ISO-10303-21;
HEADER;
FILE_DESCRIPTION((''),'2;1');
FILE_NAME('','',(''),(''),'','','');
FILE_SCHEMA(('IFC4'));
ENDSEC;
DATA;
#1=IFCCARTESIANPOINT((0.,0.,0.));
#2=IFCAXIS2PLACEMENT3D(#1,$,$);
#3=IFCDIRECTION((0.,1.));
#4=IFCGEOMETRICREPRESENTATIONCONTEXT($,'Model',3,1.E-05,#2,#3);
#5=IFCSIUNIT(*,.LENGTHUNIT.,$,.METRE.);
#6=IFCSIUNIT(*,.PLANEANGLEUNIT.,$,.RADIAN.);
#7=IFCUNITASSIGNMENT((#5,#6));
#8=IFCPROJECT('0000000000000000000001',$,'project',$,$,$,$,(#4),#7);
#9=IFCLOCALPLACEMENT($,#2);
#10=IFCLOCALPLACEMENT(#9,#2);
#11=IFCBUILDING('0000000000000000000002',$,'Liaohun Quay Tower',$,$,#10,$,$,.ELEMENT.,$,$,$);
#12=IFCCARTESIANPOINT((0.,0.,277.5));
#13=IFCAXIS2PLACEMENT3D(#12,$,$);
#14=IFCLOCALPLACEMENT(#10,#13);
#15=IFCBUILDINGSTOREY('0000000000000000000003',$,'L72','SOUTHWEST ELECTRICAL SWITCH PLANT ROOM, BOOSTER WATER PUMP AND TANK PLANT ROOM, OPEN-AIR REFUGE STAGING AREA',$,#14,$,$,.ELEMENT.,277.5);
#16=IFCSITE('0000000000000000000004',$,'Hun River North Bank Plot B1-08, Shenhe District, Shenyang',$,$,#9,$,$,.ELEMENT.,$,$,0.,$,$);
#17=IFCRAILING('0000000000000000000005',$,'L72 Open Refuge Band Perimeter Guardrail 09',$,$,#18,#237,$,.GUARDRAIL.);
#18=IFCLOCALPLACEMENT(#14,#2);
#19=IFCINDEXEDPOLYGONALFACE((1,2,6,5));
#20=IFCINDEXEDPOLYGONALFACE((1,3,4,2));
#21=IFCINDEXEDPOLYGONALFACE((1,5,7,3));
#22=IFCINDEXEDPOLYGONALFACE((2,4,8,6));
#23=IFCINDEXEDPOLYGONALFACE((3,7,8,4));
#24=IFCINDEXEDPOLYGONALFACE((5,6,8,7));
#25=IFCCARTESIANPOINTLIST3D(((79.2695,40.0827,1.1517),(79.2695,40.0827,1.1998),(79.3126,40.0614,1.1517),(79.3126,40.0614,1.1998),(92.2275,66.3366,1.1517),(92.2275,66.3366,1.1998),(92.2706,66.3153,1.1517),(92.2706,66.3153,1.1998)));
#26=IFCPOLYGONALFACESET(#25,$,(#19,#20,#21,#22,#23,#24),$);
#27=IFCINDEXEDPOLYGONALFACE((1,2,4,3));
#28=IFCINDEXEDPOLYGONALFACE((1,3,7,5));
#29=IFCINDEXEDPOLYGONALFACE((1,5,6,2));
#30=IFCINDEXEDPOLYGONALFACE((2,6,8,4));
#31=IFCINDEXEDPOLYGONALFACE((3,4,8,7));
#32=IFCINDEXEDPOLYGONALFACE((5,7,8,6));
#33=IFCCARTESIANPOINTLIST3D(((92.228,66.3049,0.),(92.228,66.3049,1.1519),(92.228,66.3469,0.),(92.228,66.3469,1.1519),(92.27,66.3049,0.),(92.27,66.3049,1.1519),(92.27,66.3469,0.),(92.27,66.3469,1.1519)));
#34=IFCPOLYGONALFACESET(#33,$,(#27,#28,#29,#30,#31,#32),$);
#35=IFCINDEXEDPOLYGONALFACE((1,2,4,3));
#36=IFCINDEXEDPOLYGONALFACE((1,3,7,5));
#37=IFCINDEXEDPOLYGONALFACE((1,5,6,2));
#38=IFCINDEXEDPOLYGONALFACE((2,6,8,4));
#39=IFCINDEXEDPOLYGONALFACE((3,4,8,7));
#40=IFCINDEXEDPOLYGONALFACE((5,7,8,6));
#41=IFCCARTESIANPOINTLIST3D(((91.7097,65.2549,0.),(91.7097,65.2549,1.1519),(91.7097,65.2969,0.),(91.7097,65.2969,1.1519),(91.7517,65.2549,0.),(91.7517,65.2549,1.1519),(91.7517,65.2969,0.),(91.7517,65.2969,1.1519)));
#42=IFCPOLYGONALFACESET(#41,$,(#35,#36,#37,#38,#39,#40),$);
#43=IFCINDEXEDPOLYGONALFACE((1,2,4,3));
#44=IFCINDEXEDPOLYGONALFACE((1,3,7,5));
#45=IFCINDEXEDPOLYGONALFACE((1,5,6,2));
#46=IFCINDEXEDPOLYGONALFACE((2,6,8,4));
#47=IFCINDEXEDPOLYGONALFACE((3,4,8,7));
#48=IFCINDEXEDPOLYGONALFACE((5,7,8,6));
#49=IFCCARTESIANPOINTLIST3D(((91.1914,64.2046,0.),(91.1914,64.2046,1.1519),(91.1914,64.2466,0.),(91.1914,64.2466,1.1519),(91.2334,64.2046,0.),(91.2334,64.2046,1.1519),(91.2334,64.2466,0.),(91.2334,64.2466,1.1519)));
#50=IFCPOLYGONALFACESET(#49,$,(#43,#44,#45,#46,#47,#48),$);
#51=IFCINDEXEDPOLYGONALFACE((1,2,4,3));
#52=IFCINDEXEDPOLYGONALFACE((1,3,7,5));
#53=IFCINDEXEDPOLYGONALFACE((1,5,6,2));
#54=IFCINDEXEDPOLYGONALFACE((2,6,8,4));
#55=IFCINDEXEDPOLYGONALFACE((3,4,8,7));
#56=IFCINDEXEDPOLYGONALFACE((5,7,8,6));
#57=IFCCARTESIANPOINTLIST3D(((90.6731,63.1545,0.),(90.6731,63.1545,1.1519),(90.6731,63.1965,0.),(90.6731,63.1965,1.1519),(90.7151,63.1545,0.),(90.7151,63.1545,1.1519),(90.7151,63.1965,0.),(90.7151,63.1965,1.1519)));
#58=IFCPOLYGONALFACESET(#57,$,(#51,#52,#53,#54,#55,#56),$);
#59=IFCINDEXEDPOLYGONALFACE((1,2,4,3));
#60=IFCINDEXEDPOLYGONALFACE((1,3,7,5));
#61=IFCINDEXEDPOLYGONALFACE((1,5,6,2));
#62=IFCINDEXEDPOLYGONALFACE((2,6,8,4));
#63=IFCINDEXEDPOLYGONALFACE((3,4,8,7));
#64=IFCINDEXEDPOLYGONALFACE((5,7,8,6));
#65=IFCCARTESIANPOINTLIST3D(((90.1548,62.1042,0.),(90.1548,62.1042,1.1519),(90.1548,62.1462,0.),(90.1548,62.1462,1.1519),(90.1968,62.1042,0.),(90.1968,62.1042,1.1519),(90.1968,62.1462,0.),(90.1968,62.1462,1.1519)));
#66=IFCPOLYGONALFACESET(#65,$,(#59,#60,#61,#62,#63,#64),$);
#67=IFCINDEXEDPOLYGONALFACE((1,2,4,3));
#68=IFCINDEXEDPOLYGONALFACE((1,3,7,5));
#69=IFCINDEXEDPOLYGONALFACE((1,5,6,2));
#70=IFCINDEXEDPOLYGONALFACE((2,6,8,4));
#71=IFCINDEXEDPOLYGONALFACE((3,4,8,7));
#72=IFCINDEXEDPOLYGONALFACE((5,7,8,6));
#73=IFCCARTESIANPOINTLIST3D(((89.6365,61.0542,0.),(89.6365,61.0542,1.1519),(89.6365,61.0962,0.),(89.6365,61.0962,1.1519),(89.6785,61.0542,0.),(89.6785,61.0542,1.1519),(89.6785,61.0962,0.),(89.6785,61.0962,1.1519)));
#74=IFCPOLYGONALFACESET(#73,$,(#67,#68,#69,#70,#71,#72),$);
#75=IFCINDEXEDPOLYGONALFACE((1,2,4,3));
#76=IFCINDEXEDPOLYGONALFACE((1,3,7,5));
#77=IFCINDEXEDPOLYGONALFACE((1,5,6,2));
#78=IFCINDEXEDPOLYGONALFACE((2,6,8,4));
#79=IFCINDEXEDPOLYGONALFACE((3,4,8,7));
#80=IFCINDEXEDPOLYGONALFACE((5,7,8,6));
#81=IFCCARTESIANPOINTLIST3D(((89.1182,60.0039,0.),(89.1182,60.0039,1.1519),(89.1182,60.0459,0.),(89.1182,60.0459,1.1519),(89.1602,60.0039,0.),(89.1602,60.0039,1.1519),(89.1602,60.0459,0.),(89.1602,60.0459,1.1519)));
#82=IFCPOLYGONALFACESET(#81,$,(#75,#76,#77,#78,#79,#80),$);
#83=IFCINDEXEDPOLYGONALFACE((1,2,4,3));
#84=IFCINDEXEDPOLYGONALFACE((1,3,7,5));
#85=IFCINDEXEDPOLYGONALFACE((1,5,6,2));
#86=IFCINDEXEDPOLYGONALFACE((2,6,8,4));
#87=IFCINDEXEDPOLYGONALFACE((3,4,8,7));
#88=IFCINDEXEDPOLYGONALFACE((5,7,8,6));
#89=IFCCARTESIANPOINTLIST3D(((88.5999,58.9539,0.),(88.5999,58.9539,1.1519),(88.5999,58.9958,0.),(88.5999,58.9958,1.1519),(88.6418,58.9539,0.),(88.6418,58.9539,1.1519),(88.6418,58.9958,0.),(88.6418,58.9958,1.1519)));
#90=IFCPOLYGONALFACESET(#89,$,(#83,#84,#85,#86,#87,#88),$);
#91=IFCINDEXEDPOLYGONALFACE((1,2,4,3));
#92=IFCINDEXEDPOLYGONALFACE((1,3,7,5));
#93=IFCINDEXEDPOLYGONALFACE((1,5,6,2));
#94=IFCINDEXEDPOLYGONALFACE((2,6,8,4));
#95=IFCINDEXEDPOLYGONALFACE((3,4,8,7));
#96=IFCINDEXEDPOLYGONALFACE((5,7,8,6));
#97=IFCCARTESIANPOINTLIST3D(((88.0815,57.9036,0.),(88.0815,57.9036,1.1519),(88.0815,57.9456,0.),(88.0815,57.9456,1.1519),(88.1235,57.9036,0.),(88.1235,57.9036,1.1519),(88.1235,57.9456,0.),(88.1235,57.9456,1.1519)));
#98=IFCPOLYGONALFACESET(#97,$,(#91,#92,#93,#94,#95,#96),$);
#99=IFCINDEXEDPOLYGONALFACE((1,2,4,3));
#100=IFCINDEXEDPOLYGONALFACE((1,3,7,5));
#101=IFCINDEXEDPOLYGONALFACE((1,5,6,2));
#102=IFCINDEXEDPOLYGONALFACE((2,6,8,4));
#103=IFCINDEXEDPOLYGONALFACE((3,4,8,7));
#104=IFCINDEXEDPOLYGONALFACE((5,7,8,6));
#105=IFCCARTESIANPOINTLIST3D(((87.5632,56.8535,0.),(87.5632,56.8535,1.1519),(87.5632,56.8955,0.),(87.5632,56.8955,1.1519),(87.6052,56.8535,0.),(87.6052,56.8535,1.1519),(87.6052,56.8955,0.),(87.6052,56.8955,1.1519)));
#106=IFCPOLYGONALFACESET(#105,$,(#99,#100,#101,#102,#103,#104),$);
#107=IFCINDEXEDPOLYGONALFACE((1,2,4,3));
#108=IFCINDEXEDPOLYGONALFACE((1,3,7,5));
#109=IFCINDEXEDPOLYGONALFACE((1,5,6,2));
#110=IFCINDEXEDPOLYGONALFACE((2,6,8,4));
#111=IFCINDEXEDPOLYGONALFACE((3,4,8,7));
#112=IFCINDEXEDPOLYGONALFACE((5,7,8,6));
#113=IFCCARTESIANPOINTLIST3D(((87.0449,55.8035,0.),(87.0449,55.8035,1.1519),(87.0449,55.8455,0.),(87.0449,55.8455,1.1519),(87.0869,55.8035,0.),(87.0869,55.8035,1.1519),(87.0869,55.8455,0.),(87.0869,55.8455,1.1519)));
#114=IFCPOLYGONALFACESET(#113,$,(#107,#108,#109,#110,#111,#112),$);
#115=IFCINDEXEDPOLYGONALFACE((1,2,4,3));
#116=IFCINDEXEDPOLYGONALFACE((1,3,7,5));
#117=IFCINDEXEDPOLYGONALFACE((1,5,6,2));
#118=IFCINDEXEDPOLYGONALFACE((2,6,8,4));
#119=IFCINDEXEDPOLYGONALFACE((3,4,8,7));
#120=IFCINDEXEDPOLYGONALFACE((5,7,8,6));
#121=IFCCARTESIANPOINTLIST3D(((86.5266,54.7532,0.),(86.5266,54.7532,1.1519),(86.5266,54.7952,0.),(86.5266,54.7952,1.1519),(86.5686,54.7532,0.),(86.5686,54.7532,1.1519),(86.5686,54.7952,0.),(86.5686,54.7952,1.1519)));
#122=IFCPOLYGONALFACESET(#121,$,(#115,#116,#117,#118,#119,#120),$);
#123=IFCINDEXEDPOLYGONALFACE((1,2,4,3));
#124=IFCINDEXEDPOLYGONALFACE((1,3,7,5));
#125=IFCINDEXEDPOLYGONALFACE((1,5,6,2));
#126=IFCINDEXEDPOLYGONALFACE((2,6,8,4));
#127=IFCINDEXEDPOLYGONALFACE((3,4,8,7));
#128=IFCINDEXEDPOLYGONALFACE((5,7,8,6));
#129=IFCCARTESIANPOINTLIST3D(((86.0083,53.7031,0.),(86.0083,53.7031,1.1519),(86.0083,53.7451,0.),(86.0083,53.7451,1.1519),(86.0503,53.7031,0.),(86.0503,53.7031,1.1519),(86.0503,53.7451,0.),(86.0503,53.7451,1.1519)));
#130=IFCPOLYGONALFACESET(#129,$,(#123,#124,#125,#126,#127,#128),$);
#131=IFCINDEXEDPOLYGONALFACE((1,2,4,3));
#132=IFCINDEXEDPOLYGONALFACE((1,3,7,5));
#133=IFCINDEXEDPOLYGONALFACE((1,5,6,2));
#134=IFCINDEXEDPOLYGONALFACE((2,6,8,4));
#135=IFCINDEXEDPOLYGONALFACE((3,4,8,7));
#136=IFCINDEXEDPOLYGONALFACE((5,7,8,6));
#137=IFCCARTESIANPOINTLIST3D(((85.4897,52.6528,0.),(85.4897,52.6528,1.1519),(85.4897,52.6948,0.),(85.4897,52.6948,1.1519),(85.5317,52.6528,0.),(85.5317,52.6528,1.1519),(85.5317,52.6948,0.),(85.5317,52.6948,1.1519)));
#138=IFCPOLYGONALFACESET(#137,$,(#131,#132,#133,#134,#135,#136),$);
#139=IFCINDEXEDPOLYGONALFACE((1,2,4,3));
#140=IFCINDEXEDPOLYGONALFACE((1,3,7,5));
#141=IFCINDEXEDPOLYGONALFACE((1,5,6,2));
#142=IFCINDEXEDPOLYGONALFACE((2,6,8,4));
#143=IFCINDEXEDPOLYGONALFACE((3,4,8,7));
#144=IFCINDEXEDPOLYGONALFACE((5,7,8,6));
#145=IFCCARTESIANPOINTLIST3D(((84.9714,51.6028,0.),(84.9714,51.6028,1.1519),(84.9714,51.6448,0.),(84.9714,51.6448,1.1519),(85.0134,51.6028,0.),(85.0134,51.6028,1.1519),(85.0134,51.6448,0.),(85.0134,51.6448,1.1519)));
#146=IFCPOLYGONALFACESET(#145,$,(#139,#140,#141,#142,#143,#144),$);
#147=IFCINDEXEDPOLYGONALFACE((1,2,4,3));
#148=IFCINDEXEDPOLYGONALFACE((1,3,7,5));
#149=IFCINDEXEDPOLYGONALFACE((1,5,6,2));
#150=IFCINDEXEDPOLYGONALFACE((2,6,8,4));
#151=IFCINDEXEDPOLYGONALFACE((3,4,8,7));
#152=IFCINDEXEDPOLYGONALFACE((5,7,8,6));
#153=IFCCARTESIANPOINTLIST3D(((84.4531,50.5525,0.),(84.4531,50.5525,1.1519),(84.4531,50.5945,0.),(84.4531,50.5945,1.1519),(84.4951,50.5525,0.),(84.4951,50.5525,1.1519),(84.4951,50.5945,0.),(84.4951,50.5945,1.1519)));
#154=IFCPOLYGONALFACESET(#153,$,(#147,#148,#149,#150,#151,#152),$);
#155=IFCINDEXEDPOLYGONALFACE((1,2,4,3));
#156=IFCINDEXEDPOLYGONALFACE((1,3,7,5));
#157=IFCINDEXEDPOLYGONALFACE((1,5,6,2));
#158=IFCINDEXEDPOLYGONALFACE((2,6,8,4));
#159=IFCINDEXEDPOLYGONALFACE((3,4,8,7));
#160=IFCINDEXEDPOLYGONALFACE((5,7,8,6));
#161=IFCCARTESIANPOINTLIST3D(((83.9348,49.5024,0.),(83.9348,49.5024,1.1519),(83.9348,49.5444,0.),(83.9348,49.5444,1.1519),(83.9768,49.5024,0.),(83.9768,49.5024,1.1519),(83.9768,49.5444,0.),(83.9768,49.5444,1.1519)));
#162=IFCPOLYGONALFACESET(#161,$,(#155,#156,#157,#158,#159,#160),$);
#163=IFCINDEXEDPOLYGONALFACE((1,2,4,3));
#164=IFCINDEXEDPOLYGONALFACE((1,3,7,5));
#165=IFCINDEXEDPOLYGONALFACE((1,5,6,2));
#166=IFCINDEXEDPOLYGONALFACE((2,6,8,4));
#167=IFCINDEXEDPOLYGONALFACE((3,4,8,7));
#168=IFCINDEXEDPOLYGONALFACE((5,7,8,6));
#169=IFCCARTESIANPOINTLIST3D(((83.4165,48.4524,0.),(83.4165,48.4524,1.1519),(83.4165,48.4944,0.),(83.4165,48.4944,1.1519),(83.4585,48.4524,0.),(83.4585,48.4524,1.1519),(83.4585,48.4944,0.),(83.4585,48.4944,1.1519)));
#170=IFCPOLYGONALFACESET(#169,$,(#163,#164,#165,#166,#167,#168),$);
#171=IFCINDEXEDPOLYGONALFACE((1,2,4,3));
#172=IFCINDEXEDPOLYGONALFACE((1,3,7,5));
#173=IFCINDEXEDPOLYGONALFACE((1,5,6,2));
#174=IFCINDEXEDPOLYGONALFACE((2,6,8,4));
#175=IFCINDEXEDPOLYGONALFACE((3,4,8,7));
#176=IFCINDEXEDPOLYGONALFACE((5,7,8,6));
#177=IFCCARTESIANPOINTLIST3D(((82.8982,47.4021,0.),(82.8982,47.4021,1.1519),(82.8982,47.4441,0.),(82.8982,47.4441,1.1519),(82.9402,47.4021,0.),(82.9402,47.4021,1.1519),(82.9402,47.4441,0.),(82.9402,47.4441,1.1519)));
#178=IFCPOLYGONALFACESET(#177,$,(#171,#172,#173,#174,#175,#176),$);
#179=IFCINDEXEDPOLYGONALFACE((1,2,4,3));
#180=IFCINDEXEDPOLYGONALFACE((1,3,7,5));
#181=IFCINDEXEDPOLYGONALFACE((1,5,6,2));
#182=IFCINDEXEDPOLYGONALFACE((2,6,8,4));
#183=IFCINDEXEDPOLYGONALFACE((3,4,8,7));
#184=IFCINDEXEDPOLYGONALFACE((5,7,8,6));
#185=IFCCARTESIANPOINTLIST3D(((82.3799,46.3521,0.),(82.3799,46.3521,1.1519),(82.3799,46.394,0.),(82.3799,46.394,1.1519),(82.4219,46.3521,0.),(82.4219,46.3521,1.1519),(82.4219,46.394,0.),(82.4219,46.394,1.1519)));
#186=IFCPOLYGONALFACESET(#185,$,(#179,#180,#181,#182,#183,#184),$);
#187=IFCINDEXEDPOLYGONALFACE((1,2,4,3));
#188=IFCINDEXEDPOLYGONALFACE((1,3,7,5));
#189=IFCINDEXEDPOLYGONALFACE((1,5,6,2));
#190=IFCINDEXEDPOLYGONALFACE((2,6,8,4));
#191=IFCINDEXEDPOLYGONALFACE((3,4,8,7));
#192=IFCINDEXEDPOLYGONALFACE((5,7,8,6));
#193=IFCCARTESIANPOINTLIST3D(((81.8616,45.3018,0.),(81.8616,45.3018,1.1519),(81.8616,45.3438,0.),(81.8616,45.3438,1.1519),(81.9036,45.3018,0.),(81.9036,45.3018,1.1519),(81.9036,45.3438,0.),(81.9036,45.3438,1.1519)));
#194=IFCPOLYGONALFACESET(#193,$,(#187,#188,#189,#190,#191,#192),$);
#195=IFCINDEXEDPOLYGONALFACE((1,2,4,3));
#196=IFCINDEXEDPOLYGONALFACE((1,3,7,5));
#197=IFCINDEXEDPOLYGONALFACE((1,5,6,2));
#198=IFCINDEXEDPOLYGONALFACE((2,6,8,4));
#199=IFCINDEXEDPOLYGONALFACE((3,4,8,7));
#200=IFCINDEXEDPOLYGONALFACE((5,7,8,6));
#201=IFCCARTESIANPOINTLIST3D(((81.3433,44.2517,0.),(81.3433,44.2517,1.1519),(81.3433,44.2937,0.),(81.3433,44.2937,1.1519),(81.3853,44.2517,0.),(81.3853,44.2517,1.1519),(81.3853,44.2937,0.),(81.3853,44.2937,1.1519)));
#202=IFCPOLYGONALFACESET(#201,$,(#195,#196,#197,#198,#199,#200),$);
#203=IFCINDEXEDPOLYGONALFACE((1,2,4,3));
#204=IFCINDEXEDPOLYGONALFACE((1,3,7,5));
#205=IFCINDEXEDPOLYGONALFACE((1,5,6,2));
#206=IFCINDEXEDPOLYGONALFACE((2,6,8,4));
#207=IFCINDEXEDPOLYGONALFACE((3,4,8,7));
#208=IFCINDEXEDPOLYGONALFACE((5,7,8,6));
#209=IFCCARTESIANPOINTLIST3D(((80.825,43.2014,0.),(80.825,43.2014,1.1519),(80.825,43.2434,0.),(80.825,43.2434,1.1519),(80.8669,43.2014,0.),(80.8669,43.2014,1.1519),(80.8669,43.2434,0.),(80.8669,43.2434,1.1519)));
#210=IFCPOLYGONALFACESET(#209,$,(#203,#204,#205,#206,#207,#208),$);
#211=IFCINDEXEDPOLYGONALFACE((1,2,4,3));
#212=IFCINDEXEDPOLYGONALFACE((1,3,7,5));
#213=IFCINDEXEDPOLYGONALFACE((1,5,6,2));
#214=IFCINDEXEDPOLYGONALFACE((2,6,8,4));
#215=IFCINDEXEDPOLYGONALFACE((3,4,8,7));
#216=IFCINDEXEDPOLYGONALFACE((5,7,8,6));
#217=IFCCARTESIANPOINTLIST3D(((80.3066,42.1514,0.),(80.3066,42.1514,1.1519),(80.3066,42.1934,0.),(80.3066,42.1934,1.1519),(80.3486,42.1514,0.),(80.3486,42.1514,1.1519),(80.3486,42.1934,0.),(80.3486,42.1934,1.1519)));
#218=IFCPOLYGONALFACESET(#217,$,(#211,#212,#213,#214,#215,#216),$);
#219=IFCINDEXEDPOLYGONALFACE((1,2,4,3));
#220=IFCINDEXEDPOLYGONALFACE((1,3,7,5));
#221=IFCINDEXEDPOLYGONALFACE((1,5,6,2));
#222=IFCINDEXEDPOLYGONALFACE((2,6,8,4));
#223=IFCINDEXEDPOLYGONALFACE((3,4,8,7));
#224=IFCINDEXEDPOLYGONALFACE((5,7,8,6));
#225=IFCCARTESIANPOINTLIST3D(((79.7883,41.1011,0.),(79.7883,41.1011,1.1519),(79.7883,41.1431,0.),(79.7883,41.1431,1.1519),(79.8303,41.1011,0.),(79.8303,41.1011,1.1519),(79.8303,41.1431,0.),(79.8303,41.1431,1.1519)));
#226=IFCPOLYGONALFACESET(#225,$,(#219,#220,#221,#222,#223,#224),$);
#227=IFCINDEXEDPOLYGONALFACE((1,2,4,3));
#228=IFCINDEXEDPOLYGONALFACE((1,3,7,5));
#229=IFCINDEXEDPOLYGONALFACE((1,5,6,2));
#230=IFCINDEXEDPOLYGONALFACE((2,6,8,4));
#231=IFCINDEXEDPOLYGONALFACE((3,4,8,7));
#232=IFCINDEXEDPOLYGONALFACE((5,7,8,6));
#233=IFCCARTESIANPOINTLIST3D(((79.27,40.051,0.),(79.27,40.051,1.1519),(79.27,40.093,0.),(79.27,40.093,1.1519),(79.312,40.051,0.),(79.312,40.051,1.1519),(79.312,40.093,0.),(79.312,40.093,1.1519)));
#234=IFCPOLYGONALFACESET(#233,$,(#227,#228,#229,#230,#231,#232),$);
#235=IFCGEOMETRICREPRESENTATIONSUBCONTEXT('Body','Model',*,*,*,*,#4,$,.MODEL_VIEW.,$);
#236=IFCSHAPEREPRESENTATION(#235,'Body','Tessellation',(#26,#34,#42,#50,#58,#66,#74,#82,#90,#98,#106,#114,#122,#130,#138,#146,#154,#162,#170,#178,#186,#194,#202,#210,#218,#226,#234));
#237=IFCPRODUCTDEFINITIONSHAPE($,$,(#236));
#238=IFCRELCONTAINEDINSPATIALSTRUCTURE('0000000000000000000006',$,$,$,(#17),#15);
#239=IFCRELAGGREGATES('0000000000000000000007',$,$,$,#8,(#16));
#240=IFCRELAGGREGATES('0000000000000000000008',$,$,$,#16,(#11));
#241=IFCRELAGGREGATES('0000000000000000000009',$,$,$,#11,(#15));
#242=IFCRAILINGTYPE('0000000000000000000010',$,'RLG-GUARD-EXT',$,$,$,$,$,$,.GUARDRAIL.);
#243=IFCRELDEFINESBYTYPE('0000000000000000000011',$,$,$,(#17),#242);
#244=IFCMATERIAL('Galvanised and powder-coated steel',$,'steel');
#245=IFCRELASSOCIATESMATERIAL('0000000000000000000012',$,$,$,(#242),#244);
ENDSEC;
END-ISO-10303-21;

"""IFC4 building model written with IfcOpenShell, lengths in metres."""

from ifc_helpers import new_model, si_unit, direction, frame, origin, origin_2d, place, context, subcontext, project, spatial, rectangle, extrude, material, type_object, element, save


model = new_model("IFC4")

# Units and contexts
model_context = context("Model", 3, precision=1e-05, world=origin(), true_north=direction((0.0, 1.0)))
body_context = subcontext(model_context, "Body", "Model", "MODEL_VIEW")
ifc_project = project(units=[si_unit("LENGTHUNIT", "METRE"), si_unit("PLANEANGLEUNIT", "RADIAN")], contexts=[model_context])

# Site, building, storey
site_placement = place(None, origin())
site = spatial("IfcSite", under=ifc_project, at=site_placement, Name="Hun River North Bank Plot B1-08, Shenhe District, Shenyang", CompositionType="ELEMENT", RefElevation=0.0)
building_placement = place(site_placement, origin())
building = spatial("IfcBuilding", under=site, at=building_placement, Name="Liaohun Quay Tower", CompositionType="ELEMENT")
storey_placement = place(building_placement, frame((0.0, 0.0, 277.5)))
storey = spatial("IfcBuildingStorey", under=building, at=storey_placement, Name="L72", Description="SOUTHWEST ELECTRICAL SWITCH PLANT ROOM, BOOSTER WATER PUMP AND TANK PLANT ROOM, OPEN-AIR REFUGE STAGING AREA", CompositionType="ELEMENT", Elevation=277.5)

# Railing
ifc_material_1 = material(Name="Galvanised and powder-coated steel", Category="steel")
railing_type = type_object("IfcRailingType", Name="RLG-GUARD-EXT", PredefinedType="GUARDRAIL", material=ifc_material_1)
railing_1_placement = place(storey_placement, frame((92.249, 66.3259, 0.0)))
element("IfcRailing", 1, at=railing_1_placement, inside=storey, type_object=railing_type, Name="L72 Open Refuge Band Perimeter Guardrail 09", PredefinedType="GUARDRAIL", context=body_context, shape_type="SweptSolid", body=[
    extrude(rectangle(XDim=0.0481, YDim=0.0481, at=origin_2d()), frame((0.0, 0.0, 1.1758), z_axis=(-0.442591, -0.896723, 0.0), x_axis=(0.896723, -0.442591, 0.0)), (0.0, 0.0, 1.0), 29.2776),
    extrude(rectangle(XDim=0.042, YDim=0.042, at=origin_2d()), origin(), (0.0, 0.0, 1.0), 1.1519),
    extrude(rectangle(XDim=0.042, YDim=0.042, at=origin_2d()), frame((-0.5183, -1.05, 0.0)), (0.0, 0.0, 1.0), 1.1519),
    extrude(rectangle(XDim=0.042, YDim=0.042, at=origin_2d()), frame((-1.0366, -2.1003, 0.0)), (0.0, 0.0, 1.0), 1.1519),
    extrude(rectangle(XDim=0.042, YDim=0.042, at=origin_2d()), frame((-1.5549, -3.1504, 0.0)), (0.0, 0.0, 1.0), 1.1519),
    extrude(rectangle(XDim=0.042, YDim=0.042, at=origin_2d()), frame((-2.0732, -4.2007, 0.0)), (0.0, 0.0, 1.0), 1.1519),
    extrude(rectangle(XDim=0.042, YDim=0.042, at=origin_2d()), frame((-2.5916, -5.2507, 0.0)), (0.0, 0.0, 1.0), 1.1519),
    extrude(rectangle(XDim=0.042, YDim=0.042, at=origin_2d()), frame((-3.1099, -6.301, 0.0)), (0.0, 0.0, 1.0), 1.1519),
    extrude(rectangle(XDim=0.042, YDim=0.042, at=origin_2d()), frame((-3.6282, -7.3511, 0.0)), (0.0, 0.0, 1.0), 1.1519),
    extrude(rectangle(XDim=0.042, YDim=0.042, at=origin_2d()), frame((-4.1465, -8.4014, 0.0)), (0.0, 0.0, 1.0), 1.1519),
    extrude(rectangle(XDim=0.042, YDim=0.042, at=origin_2d()), frame((-4.6648, -9.4514, 0.0)), (0.0, 0.0, 1.0), 1.1519),
    extrude(rectangle(XDim=0.042, YDim=0.042, at=origin_2d()), frame((-5.1831, -10.5015, 0.0)), (0.0, 0.0, 1.0), 1.1519),
    extrude(rectangle(XDim=0.042, YDim=0.042, at=origin_2d()), frame((-5.7014, -11.5518, 0.0)), (0.0, 0.0, 1.0), 1.1519),
    extrude(rectangle(XDim=0.042, YDim=0.042, at=origin_2d()), frame((-6.2197, -12.6018, 0.0)), (0.0, 0.0, 1.0), 1.1519),
    extrude(rectangle(XDim=0.042, YDim=0.042, at=origin_2d()), frame((-6.7383, -13.6521, 0.0)), (0.0, 0.0, 1.0), 1.1519),
    extrude(rectangle(XDim=0.042, YDim=0.042, at=origin_2d()), frame((-7.2566, -14.7021, 0.0)), (0.0, 0.0, 1.0), 1.1519),
    extrude(rectangle(XDim=0.042, YDim=0.042, at=origin_2d()), frame((-7.7749, -15.7524, 0.0)), (0.0, 0.0, 1.0), 1.1519),
    extrude(rectangle(XDim=0.042, YDim=0.042, at=origin_2d()), frame((-8.2932, -16.8025, 0.0)), (0.0, 0.0, 1.0), 1.1519),
    extrude(rectangle(XDim=0.042, YDim=0.042, at=origin_2d()), frame((-8.8115, -17.8525, 0.0)), (0.0, 0.0, 1.0), 1.1519),
    extrude(rectangle(XDim=0.042, YDim=0.042, at=origin_2d()), frame((-9.3298, -18.9028, 0.0)), (0.0, 0.0, 1.0), 1.1519),
    extrude(rectangle(XDim=0.042, YDim=0.042, at=origin_2d()), frame((-9.8481, -19.9529, 0.0)), (0.0, 0.0, 1.0), 1.1519),
    extrude(rectangle(XDim=0.042, YDim=0.042, at=origin_2d()), frame((-10.3665, -21.0032, 0.0)), (0.0, 0.0, 1.0), 1.1519),
    extrude(rectangle(XDim=0.042, YDim=0.042, at=origin_2d()), frame((-10.8848, -22.0532, 0.0)), (0.0, 0.0, 1.0), 1.1519),
    extrude(rectangle(XDim=0.042, YDim=0.042, at=origin_2d()), frame((-11.4031, -23.1035, 0.0)), (0.0, 0.0, 1.0), 1.1519),
    extrude(rectangle(XDim=0.042, YDim=0.042, at=origin_2d()), frame((-11.9214, -24.1536, 0.0)), (0.0, 0.0, 1.0), 1.1519),
    extrude(rectangle(XDim=0.042, YDim=0.042, at=origin_2d()), frame((-12.4397, -25.2039, 0.0)), (0.0, 0.0, 1.0), 1.1519),
    extrude(rectangle(XDim=0.042, YDim=0.042, at=origin_2d()), frame((-12.958, -26.2539, 0.0)), (0.0, 0.0, 1.0), 1.1519),
])

save(model, "model.ifc")
